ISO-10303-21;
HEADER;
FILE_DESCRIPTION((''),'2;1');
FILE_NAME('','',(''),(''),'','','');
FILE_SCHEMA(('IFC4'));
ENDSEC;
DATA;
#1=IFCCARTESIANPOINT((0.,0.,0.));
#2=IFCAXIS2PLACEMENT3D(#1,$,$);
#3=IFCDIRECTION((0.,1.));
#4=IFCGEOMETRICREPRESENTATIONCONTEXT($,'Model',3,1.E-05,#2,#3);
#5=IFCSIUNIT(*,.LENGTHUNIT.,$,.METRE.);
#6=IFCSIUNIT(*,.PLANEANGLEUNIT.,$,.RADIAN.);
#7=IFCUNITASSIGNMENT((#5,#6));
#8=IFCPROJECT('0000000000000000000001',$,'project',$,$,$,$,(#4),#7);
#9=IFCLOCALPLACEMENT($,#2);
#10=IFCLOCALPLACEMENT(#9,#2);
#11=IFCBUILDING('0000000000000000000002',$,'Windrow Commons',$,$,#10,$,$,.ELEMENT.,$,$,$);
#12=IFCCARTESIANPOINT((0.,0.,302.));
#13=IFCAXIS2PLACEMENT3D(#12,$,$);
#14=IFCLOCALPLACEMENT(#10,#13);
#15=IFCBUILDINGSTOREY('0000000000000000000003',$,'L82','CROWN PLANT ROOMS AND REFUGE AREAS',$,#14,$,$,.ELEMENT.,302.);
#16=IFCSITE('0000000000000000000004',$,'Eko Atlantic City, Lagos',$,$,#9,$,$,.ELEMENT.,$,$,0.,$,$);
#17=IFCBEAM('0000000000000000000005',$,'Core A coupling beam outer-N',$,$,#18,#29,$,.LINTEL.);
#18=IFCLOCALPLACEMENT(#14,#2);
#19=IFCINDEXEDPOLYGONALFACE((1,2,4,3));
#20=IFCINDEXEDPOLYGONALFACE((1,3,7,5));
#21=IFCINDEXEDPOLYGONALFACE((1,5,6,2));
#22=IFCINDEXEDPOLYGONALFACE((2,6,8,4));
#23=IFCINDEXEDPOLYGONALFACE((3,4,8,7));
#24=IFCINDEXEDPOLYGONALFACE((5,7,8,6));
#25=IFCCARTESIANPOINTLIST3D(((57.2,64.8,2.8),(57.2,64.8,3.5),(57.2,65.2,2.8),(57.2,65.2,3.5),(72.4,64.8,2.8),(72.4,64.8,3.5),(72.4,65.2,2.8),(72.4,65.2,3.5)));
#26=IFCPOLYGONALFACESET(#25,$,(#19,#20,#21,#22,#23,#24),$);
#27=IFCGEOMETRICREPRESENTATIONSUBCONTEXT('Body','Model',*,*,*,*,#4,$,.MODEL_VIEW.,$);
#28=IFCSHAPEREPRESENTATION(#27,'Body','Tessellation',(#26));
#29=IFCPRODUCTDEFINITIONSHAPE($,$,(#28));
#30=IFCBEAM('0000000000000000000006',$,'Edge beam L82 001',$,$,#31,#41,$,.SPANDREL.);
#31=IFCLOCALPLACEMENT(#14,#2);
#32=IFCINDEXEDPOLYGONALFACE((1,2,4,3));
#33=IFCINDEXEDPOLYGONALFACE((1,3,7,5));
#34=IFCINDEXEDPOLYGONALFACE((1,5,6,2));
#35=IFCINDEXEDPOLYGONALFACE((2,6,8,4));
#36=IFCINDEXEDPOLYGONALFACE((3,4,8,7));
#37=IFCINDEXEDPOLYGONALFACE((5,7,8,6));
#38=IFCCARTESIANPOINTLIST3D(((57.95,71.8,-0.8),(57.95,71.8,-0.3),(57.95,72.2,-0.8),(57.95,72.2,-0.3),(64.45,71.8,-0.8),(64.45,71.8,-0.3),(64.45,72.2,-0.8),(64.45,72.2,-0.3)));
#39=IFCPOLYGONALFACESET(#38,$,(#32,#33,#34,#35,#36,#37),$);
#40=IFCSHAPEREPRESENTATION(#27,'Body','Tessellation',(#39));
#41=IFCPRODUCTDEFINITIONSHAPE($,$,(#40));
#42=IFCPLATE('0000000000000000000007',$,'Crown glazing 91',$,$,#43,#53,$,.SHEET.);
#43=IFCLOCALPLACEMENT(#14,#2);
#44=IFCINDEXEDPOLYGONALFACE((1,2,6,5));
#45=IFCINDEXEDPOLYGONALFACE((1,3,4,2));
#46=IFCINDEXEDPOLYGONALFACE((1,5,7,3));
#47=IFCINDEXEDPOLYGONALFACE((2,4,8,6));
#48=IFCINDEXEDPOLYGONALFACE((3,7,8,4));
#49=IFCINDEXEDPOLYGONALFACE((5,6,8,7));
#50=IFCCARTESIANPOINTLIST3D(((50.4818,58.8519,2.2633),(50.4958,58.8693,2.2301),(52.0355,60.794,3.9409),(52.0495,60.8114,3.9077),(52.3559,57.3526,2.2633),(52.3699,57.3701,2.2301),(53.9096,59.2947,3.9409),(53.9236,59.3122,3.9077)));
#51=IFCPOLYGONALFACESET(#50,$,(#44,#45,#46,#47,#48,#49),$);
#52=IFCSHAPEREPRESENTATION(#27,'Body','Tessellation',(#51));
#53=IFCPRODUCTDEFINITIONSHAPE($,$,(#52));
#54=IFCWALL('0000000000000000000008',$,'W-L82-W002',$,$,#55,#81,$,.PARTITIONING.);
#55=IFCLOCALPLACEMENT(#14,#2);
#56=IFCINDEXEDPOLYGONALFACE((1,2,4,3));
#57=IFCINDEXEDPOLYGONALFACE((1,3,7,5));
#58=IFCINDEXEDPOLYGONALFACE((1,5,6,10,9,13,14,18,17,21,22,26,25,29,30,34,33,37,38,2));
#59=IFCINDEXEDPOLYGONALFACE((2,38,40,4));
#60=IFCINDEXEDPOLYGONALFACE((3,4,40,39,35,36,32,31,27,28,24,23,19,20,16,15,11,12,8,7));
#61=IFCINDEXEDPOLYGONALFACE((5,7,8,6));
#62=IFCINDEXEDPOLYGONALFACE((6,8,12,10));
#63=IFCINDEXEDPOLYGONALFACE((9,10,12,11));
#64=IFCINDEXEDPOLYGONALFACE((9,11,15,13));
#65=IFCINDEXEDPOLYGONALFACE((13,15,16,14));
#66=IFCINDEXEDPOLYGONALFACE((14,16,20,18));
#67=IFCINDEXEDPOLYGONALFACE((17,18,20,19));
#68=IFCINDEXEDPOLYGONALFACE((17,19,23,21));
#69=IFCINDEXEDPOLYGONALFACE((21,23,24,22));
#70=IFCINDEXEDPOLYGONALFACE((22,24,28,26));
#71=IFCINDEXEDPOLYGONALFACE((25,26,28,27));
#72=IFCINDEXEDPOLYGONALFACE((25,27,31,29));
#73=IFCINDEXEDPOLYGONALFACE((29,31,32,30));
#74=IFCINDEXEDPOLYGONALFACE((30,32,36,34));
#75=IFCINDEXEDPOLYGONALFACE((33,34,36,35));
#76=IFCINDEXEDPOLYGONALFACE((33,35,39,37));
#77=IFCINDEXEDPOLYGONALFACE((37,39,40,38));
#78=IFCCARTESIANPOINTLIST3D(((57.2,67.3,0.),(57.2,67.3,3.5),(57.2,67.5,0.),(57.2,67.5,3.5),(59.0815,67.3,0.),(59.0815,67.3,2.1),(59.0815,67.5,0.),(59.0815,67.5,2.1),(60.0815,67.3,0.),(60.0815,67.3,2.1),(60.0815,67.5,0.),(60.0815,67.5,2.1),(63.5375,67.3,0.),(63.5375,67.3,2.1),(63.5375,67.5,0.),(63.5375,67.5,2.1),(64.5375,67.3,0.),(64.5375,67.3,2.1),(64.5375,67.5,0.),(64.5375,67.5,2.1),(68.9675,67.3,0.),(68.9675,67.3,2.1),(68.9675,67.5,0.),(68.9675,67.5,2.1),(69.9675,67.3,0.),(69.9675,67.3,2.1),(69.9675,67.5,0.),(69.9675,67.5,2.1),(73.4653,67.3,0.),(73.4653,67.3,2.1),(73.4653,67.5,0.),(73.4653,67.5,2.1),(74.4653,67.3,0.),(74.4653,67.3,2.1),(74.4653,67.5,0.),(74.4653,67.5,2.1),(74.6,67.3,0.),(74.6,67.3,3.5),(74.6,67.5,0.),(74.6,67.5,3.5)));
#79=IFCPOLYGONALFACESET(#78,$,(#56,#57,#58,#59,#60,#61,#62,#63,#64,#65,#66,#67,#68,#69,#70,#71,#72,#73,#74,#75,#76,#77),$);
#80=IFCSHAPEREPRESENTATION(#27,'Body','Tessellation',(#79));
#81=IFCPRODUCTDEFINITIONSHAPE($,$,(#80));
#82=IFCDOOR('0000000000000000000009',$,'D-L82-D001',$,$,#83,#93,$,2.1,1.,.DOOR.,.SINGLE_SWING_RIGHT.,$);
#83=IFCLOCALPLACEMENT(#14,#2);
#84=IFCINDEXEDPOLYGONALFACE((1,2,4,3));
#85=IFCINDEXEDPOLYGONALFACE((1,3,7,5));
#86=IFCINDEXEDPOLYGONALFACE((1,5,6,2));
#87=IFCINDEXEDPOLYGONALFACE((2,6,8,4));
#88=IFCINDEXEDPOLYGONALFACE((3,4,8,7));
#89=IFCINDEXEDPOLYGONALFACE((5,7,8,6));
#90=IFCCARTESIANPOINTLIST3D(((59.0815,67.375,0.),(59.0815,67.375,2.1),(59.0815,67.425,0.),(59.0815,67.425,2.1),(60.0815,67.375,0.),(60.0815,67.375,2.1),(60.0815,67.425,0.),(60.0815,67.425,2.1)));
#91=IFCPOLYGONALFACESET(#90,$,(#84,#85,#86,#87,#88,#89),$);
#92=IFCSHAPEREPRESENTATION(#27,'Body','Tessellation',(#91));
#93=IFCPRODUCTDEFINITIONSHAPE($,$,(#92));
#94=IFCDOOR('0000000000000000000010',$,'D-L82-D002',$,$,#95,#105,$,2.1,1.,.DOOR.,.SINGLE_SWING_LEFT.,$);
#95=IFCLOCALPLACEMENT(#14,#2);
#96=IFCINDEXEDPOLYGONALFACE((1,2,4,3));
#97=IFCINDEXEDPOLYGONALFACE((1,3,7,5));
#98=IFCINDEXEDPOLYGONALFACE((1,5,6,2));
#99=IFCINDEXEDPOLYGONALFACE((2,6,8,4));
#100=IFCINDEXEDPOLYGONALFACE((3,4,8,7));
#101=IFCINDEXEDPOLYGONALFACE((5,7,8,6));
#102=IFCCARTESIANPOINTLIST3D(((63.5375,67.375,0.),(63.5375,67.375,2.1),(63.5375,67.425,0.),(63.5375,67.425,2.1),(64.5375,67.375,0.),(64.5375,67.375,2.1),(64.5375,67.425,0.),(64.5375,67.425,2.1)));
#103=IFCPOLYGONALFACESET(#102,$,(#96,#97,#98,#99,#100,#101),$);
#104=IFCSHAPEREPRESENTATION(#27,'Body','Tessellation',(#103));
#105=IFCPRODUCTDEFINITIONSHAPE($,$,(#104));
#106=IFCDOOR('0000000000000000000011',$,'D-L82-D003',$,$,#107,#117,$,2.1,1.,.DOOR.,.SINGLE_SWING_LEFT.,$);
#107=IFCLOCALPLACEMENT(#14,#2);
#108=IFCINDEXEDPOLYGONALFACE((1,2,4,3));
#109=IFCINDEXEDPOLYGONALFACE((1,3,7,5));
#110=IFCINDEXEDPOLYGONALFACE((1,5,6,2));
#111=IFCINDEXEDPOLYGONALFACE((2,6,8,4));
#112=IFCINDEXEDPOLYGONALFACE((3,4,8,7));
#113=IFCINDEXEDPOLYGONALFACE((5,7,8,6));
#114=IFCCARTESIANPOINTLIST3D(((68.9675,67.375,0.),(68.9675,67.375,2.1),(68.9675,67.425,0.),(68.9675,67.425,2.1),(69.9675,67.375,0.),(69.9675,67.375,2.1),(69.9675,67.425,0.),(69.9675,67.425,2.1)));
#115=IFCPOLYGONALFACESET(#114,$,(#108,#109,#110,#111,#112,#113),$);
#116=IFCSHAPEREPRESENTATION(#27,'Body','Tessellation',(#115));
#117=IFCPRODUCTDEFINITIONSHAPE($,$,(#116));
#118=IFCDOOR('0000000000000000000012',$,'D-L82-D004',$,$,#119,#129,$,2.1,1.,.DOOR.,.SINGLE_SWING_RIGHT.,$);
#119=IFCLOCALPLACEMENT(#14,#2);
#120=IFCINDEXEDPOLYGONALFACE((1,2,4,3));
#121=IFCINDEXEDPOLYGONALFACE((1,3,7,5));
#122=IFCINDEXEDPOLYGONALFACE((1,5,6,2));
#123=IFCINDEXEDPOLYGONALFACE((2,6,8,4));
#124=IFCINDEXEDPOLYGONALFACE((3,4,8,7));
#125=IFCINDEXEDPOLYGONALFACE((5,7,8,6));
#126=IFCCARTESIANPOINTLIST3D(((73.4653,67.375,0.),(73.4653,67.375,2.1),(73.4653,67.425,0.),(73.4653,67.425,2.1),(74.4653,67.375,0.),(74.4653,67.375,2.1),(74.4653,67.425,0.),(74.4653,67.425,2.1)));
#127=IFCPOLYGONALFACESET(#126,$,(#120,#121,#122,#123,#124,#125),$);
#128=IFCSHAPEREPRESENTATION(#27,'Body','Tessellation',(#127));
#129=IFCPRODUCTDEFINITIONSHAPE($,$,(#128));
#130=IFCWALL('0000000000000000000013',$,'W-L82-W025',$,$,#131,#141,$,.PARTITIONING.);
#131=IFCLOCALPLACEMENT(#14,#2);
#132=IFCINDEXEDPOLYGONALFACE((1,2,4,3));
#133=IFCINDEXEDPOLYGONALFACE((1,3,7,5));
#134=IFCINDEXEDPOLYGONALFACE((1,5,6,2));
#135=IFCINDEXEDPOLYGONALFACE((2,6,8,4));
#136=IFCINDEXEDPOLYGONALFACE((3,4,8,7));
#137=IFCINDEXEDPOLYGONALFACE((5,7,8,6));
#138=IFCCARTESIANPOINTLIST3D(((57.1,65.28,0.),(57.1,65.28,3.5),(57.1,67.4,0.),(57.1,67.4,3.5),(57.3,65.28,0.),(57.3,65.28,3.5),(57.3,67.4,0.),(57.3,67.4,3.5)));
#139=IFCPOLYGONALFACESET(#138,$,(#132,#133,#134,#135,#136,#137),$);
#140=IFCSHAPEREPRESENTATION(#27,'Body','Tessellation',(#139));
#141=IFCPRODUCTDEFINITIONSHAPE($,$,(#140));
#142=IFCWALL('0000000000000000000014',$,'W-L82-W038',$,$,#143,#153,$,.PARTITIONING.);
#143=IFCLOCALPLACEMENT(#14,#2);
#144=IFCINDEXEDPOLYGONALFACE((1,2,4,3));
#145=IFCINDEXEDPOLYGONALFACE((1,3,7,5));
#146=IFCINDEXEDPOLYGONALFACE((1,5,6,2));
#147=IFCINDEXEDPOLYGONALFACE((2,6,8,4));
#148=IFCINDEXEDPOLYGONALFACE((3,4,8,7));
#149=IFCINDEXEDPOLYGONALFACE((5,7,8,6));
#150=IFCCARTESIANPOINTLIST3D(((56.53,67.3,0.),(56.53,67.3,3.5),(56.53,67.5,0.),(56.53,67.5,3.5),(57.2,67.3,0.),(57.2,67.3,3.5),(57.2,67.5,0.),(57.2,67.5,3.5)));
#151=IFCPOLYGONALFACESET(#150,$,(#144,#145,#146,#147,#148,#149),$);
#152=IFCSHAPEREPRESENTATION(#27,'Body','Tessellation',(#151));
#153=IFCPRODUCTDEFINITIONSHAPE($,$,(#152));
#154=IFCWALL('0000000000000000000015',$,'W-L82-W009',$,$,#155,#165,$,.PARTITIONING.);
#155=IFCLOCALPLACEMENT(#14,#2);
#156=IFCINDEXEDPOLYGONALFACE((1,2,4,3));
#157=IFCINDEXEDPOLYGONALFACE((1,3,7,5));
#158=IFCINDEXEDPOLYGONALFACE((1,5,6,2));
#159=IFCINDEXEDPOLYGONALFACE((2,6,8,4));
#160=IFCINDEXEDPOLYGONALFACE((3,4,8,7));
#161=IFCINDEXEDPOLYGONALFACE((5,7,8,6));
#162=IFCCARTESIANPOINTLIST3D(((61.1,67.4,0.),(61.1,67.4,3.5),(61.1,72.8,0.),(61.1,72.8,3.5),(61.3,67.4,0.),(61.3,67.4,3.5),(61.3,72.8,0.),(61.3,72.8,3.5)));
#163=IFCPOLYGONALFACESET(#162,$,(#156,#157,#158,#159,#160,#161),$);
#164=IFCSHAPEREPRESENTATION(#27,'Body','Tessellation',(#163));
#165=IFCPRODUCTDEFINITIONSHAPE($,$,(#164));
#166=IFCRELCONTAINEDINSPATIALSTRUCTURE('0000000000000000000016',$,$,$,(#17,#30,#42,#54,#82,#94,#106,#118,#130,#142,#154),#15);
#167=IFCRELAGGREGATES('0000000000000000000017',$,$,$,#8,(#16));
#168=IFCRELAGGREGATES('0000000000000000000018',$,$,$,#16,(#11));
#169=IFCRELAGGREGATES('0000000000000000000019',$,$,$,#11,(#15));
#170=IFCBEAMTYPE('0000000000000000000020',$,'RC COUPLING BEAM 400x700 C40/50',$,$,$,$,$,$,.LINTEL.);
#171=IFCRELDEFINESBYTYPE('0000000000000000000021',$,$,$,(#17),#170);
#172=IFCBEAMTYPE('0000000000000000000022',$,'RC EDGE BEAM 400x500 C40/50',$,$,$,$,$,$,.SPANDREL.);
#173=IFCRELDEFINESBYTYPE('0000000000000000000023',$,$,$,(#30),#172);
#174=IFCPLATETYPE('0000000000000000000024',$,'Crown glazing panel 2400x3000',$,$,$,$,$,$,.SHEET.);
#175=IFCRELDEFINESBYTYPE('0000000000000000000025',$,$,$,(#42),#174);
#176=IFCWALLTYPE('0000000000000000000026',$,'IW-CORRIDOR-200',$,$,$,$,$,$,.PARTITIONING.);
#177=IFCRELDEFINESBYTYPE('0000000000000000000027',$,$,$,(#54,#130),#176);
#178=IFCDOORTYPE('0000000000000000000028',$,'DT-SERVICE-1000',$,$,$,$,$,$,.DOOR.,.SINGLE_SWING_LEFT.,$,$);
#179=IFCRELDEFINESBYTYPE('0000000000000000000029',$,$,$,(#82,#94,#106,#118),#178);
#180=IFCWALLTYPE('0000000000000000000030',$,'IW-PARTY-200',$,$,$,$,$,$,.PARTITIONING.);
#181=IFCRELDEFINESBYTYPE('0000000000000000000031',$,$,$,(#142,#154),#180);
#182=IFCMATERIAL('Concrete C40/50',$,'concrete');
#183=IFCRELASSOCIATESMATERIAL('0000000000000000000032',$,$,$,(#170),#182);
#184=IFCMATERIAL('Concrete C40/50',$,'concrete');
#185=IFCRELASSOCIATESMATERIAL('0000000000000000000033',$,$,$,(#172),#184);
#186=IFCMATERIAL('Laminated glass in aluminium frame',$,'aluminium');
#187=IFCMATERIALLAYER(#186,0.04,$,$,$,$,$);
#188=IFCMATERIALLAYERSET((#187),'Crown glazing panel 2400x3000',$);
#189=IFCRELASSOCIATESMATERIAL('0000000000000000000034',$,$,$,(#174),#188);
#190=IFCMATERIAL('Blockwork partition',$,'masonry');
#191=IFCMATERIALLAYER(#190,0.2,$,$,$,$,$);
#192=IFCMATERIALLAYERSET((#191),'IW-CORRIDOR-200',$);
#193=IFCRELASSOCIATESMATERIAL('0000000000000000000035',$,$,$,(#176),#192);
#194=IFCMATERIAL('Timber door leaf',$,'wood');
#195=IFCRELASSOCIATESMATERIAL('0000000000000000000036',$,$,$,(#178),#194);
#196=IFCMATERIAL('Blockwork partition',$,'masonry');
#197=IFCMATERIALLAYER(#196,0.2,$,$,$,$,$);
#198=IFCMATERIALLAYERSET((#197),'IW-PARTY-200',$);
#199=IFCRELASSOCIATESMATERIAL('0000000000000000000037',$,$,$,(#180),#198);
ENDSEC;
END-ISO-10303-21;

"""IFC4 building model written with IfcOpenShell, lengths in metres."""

from ifc_helpers import new_model, si_unit, direction, frame, frame_2d, origin, origin_2d, place, context, subcontext, project, spatial, polyline, rectangle, outline, extrude, material, layer, layer_set, material_profile, profile_set, type_object, element, fill, save


model = new_model("IFC4")

# Units and contexts
model_context = context("Model", 3, precision=1e-05, world=origin(), true_north=direction((0.0, 1.0)))
body_context = subcontext(model_context, "Body", "Model", "MODEL_VIEW")
ifc_project = project(units=[si_unit("LENGTHUNIT", "METRE"), si_unit("PLANEANGLEUNIT", "RADIAN")], contexts=[model_context])

# Site, building, storey
site_placement = place(None, origin())
site = spatial("IfcSite", under=ifc_project, at=site_placement, Name="Eko Atlantic City, Lagos", CompositionType="ELEMENT", RefElevation=0.0)
building_placement = place(site_placement, origin())
building = spatial("IfcBuilding", under=site, at=building_placement, Name="Windrow Commons", CompositionType="ELEMENT")
storey_placement = place(building_placement, frame((0.0, 0.0, 302.0)))
storey = spatial("IfcBuildingStorey", under=building, at=storey_placement, Name="L82", Description="CROWN PLANT ROOMS AND REFUGE AREAS", CompositionType="ELEMENT", Elevation=302.0)

# Beams
ifc_material_1 = material(Name="Concrete C40/50", Category="concrete")
ifc_material_profile_1 = material_profile(ifc_material_1, rectangle(XDim=0.4, YDim=0.7, at=origin_2d()))
ifc_profile_set_1 = profile_set([ifc_material_profile_1], Name="Concrete C40/50")
beam_type_1 = type_object("IfcBeamType", Name="RC COUPLING BEAM 400x700 C40/50", PredefinedType="LINTEL", material=ifc_profile_set_1)
beam_1_placement = place(storey_placement, frame((57.2, 65.0, 3.15), z_axis=(1.0, 0.0, 0.0), x_axis=(0.0, 1.0, 0.0)))
element("IfcBeam", 1, at=beam_1_placement, inside=storey, type_object=beam_type_1, Name="Core A coupling beam outer-N", PredefinedType="LINTEL", context=body_context, shape_type="SweptSolid", body=[
    extrude(rectangle(XDim=0.4, YDim=0.7, at=origin_2d()), origin(), (0.0, 0.0, 1.0), 15.2),
])
ifc_material_2 = material(Name="Concrete C40/50", Category="concrete")
ifc_material_profile_2 = material_profile(ifc_material_2, rectangle(XDim=0.4, YDim=0.5, at=origin_2d()))
ifc_profile_set_2 = profile_set([ifc_material_profile_2], Name="Concrete C40/50")
beam_type_2 = type_object("IfcBeamType", Name="RC EDGE BEAM 400x500 C40/50", PredefinedType="SPANDREL", material=ifc_profile_set_2)
beam_2_placement = place(storey_placement, frame((57.95, 72.0, -0.55), z_axis=(1.0, 0.0, 0.0), x_axis=(0.0, 1.0, 0.0)))
element("IfcBeam", 2, at=beam_2_placement, inside=storey, type_object=beam_type_2, Name="Edge beam L82 001", PredefinedType="SPANDREL", context=body_context, shape_type="SweptSolid", body=[
    extrude(rectangle(XDim=0.4, YDim=0.5, at=origin_2d()), origin(), (0.0, 0.0, 1.0), 6.5),
])

# Plate
ifc_material_3 = material(Name="Laminated glass in aluminium frame", Category="aluminium")
ifc_layer_1 = layer(ifc_material_3, 0.04)
ifc_layer_set_1 = layer_set([ifc_layer_1], Name="Crown glazing panel 2400x3000")
plate_type = type_object("IfcPlateType", Name="Crown glazing panel 2400x3000", PredefinedType="SHEET", material=ifc_layer_set_1)
plate_placement = place(storey_placement, frame((52.3559, 57.3526, 2.2633), z_axis=(-0.349331, -0.436658, 0.829034), x_axis=(-0.780865, 0.6247, 0.0)))
element("IfcPlate", 3, at=plate_placement, inside=storey, type_object=plate_type, Name="Crown glazing 91", PredefinedType="SHEET", context=body_context, shape_type="SweptSolid", body=[
    extrude(outline(polyline([(0.0, 0.0), (2.4, 0.0), (2.4, -3.0), (0.0, -3.0), (0.0, 0.0)])), origin(), (0.0, 0.0, -1.0), 0.04),
])

# Wall, openings, doors
ifc_material_4 = material(Name="Blockwork partition", Category="masonry")
ifc_layer_2 = layer(ifc_material_4, 0.2)
ifc_layer_set_2 = layer_set([ifc_layer_2], Name="IW-CORRIDOR-200")
wall_type_1 = type_object("IfcWallType", Name="IW-CORRIDOR-200", PredefinedType="PARTITIONING", material=ifc_layer_set_2)
wall_1_placement = place(storey_placement, frame((57.2, 67.4, 0.0), z_axis=(0.0, 0.0, 1.0), x_axis=(1.0, 0.0, 0.0)))
wall_1 = element("IfcWall", 4, at=wall_1_placement, inside=storey, type_object=wall_type_1, Name="W-L82-W002", PredefinedType="PARTITIONING", context=body_context, shape_type="SweptSolid", body=[
    extrude(rectangle(XDim=17.4, YDim=0.2, at=frame_2d((8.7, 0.0))), origin(), (0.0, 0.0, 1.0), 3.5),
])
opening_1_placement = place(wall_1_placement, frame((1.8815, 0.0, 0.0)))
opening_1 = element("IfcOpeningElement", 5, at=opening_1_placement, cuts=wall_1, PredefinedType="OPENING", context=body_context, shape_type="SweptSolid", body=[
    extrude(rectangle(XDim=1.0, YDim=2.1, at=frame_2d((0.5, 1.05))), frame((0.0, 0.11, 0.0), z_axis=(0.0, -1.0, 0.0), x_axis=(1.0, 0.0, 0.0)), (0.0, 0.0, 1.0), 0.22),
])
opening_2_placement = place(wall_1_placement, frame((6.3375, 0.0, 0.0)))
opening_2 = element("IfcOpeningElement", 6, at=opening_2_placement, cuts=wall_1, PredefinedType="OPENING", context=body_context, shape_type="SweptSolid", body=[
    extrude(rectangle(XDim=1.0, YDim=2.1, at=frame_2d((0.5, 1.05))), frame((0.0, 0.11, 0.0), z_axis=(0.0, -1.0, 0.0), x_axis=(1.0, 0.0, 0.0)), (0.0, 0.0, 1.0), 0.22),
])
opening_3_placement = place(wall_1_placement, frame((11.7675, 0.0, 0.0)))
opening_3 = element("IfcOpeningElement", 7, at=opening_3_placement, cuts=wall_1, PredefinedType="OPENING", context=body_context, shape_type="SweptSolid", body=[
    extrude(rectangle(XDim=1.0, YDim=2.1, at=frame_2d((0.5, 1.05))), frame((0.0, 0.11, 0.0), z_axis=(0.0, -1.0, 0.0), x_axis=(1.0, 0.0, 0.0)), (0.0, 0.0, 1.0), 0.22),
])
opening_4_placement = place(wall_1_placement, frame((16.2653, 0.0, 0.0)))
opening_4 = element("IfcOpeningElement", 8, at=opening_4_placement, cuts=wall_1, PredefinedType="OPENING", context=body_context, shape_type="SweptSolid", body=[
    extrude(rectangle(XDim=1.0, YDim=2.1, at=frame_2d((0.5, 1.05))), frame((0.0, 0.11, 0.0), z_axis=(0.0, -1.0, 0.0), x_axis=(1.0, 0.0, 0.0)), (0.0, 0.0, 1.0), 0.22),
])
ifc_material_5 = material(Name="Timber door leaf", Category="wood")
door_type = type_object("IfcDoorType", Name="DT-SERVICE-1000", OperationType="SINGLE_SWING_LEFT", PredefinedType="DOOR", material=ifc_material_5)
door_1_placement = place(opening_1_placement, origin())
door_1 = element("IfcDoor", 9, at=door_1_placement, inside=storey, type_object=door_type, Name="D-L82-D001", OperationType="SINGLE_SWING_RIGHT", OverallHeight=2.1, OverallWidth=1.0, PredefinedType="DOOR", context=body_context, shape_type="SweptSolid", body=[
    extrude(rectangle(XDim=1.0, YDim=2.1, at=frame_2d((0.5, 1.05))), frame((0.0, 0.025, 0.0), z_axis=(0.0, -1.0, 0.0), x_axis=(1.0, 0.0, 0.0)), (0.0, 0.0, 1.0), 0.05),
])
fill(opening_1, door_1)
door_2_placement = place(opening_2_placement, origin())
door_2 = element("IfcDoor", 10, at=door_2_placement, inside=storey, type_object=door_type, Name="D-L82-D002", OperationType="SINGLE_SWING_LEFT", OverallHeight=2.1, OverallWidth=1.0, PredefinedType="DOOR", context=body_context, shape_type="SweptSolid", body=[
    extrude(rectangle(XDim=1.0, YDim=2.1, at=frame_2d((0.5, 1.05))), frame((0.0, 0.025, 0.0), z_axis=(0.0, -1.0, 0.0), x_axis=(1.0, 0.0, 0.0)), (0.0, 0.0, 1.0), 0.05),
])
fill(opening_2, door_2)
door_3_placement = place(opening_3_placement, origin())
door_3 = element("IfcDoor", 11, at=door_3_placement, inside=storey, type_object=door_type, Name="D-L82-D003", OperationType="SINGLE_SWING_LEFT", OverallHeight=2.1, OverallWidth=1.0, PredefinedType="DOOR", context=body_context, shape_type="SweptSolid", body=[
    extrude(rectangle(XDim=1.0, YDim=2.1, at=frame_2d((0.5, 1.05))), frame((0.0, 0.025, 0.0), z_axis=(0.0, -1.0, 0.0), x_axis=(1.0, 0.0, 0.0)), (0.0, 0.0, 1.0), 0.05),
])
fill(opening_3, door_3)
door_4_placement = place(opening_4_placement, origin())
door_4 = element("IfcDoor", 12, at=door_4_placement, inside=storey, type_object=door_type, Name="D-L82-D004", OperationType="SINGLE_SWING_RIGHT", OverallHeight=2.1, OverallWidth=1.0, PredefinedType="DOOR", context=body_context, shape_type="SweptSolid", body=[
    extrude(rectangle(XDim=1.0, YDim=2.1, at=frame_2d((0.5, 1.05))), frame((0.0, 0.025, 0.0), z_axis=(0.0, -1.0, 0.0), x_axis=(1.0, 0.0, 0.0)), (0.0, 0.0, 1.0), 0.05),
])
fill(opening_4, door_4)

# Walls
wall_2_placement = place(storey_placement, frame((57.2, 65.28, 0.0), z_axis=(0.0, 0.0, 1.0), x_axis=(0.0, 1.0, 0.0)))
element("IfcWall", 13, at=wall_2_placement, inside=storey, type_object=wall_type_1, Name="W-L82-W025", PredefinedType="PARTITIONING", context=body_context, shape_type="SweptSolid", body=[
    extrude(rectangle(XDim=2.12, YDim=0.2, at=frame_2d((1.06, 0.0))), origin(), (0.0, 0.0, 1.0), 3.5),
])
ifc_material_6 = material(Name="Blockwork partition", Category="masonry")
ifc_layer_3 = layer(ifc_material_6, 0.2)
ifc_layer_set_3 = layer_set([ifc_layer_3], Name="IW-PARTY-200")
wall_type_2 = type_object("IfcWallType", Name="IW-PARTY-200", PredefinedType="PARTITIONING", material=ifc_layer_set_3)
wall_3_placement = place(storey_placement, frame((56.53, 67.4, 0.0), z_axis=(0.0, 0.0, 1.0), x_axis=(1.0, 0.0, 0.0)))
element("IfcWall", 14, at=wall_3_placement, inside=storey, type_object=wall_type_2, Name="W-L82-W038", PredefinedType="PARTITIONING", context=body_context, shape_type="SweptSolid", body=[
    extrude(rectangle(XDim=0.67, YDim=0.2, at=frame_2d((0.335, 0.0))), origin(), (0.0, 0.0, 1.0), 3.5),
])
for number, where, z_axis, x_axis, name in (
    (15, (61.2, 67.4, 0.0), (0.0, 0.0, 1.0), (0.0, 1.0, 0.0), "W-L82-W009"),
):
    element("IfcWall", number, at=place(storey_placement, frame(where, z_axis=z_axis, x_axis=x_axis)), inside=storey, type_object=wall_type_2, Name=name, PredefinedType="PARTITIONING", context=body_context, shape_type="SweptSolid", body=[
        extrude(outline(polyline([(0.0, -0.1), (5.4, -0.1), (5.4, 0.1), (0.0, 0.1), (0.0, -0.1)])), origin(), (0.0, 0.0, 1.0), 3.5),
    ])

save(model, "model.ifc")
